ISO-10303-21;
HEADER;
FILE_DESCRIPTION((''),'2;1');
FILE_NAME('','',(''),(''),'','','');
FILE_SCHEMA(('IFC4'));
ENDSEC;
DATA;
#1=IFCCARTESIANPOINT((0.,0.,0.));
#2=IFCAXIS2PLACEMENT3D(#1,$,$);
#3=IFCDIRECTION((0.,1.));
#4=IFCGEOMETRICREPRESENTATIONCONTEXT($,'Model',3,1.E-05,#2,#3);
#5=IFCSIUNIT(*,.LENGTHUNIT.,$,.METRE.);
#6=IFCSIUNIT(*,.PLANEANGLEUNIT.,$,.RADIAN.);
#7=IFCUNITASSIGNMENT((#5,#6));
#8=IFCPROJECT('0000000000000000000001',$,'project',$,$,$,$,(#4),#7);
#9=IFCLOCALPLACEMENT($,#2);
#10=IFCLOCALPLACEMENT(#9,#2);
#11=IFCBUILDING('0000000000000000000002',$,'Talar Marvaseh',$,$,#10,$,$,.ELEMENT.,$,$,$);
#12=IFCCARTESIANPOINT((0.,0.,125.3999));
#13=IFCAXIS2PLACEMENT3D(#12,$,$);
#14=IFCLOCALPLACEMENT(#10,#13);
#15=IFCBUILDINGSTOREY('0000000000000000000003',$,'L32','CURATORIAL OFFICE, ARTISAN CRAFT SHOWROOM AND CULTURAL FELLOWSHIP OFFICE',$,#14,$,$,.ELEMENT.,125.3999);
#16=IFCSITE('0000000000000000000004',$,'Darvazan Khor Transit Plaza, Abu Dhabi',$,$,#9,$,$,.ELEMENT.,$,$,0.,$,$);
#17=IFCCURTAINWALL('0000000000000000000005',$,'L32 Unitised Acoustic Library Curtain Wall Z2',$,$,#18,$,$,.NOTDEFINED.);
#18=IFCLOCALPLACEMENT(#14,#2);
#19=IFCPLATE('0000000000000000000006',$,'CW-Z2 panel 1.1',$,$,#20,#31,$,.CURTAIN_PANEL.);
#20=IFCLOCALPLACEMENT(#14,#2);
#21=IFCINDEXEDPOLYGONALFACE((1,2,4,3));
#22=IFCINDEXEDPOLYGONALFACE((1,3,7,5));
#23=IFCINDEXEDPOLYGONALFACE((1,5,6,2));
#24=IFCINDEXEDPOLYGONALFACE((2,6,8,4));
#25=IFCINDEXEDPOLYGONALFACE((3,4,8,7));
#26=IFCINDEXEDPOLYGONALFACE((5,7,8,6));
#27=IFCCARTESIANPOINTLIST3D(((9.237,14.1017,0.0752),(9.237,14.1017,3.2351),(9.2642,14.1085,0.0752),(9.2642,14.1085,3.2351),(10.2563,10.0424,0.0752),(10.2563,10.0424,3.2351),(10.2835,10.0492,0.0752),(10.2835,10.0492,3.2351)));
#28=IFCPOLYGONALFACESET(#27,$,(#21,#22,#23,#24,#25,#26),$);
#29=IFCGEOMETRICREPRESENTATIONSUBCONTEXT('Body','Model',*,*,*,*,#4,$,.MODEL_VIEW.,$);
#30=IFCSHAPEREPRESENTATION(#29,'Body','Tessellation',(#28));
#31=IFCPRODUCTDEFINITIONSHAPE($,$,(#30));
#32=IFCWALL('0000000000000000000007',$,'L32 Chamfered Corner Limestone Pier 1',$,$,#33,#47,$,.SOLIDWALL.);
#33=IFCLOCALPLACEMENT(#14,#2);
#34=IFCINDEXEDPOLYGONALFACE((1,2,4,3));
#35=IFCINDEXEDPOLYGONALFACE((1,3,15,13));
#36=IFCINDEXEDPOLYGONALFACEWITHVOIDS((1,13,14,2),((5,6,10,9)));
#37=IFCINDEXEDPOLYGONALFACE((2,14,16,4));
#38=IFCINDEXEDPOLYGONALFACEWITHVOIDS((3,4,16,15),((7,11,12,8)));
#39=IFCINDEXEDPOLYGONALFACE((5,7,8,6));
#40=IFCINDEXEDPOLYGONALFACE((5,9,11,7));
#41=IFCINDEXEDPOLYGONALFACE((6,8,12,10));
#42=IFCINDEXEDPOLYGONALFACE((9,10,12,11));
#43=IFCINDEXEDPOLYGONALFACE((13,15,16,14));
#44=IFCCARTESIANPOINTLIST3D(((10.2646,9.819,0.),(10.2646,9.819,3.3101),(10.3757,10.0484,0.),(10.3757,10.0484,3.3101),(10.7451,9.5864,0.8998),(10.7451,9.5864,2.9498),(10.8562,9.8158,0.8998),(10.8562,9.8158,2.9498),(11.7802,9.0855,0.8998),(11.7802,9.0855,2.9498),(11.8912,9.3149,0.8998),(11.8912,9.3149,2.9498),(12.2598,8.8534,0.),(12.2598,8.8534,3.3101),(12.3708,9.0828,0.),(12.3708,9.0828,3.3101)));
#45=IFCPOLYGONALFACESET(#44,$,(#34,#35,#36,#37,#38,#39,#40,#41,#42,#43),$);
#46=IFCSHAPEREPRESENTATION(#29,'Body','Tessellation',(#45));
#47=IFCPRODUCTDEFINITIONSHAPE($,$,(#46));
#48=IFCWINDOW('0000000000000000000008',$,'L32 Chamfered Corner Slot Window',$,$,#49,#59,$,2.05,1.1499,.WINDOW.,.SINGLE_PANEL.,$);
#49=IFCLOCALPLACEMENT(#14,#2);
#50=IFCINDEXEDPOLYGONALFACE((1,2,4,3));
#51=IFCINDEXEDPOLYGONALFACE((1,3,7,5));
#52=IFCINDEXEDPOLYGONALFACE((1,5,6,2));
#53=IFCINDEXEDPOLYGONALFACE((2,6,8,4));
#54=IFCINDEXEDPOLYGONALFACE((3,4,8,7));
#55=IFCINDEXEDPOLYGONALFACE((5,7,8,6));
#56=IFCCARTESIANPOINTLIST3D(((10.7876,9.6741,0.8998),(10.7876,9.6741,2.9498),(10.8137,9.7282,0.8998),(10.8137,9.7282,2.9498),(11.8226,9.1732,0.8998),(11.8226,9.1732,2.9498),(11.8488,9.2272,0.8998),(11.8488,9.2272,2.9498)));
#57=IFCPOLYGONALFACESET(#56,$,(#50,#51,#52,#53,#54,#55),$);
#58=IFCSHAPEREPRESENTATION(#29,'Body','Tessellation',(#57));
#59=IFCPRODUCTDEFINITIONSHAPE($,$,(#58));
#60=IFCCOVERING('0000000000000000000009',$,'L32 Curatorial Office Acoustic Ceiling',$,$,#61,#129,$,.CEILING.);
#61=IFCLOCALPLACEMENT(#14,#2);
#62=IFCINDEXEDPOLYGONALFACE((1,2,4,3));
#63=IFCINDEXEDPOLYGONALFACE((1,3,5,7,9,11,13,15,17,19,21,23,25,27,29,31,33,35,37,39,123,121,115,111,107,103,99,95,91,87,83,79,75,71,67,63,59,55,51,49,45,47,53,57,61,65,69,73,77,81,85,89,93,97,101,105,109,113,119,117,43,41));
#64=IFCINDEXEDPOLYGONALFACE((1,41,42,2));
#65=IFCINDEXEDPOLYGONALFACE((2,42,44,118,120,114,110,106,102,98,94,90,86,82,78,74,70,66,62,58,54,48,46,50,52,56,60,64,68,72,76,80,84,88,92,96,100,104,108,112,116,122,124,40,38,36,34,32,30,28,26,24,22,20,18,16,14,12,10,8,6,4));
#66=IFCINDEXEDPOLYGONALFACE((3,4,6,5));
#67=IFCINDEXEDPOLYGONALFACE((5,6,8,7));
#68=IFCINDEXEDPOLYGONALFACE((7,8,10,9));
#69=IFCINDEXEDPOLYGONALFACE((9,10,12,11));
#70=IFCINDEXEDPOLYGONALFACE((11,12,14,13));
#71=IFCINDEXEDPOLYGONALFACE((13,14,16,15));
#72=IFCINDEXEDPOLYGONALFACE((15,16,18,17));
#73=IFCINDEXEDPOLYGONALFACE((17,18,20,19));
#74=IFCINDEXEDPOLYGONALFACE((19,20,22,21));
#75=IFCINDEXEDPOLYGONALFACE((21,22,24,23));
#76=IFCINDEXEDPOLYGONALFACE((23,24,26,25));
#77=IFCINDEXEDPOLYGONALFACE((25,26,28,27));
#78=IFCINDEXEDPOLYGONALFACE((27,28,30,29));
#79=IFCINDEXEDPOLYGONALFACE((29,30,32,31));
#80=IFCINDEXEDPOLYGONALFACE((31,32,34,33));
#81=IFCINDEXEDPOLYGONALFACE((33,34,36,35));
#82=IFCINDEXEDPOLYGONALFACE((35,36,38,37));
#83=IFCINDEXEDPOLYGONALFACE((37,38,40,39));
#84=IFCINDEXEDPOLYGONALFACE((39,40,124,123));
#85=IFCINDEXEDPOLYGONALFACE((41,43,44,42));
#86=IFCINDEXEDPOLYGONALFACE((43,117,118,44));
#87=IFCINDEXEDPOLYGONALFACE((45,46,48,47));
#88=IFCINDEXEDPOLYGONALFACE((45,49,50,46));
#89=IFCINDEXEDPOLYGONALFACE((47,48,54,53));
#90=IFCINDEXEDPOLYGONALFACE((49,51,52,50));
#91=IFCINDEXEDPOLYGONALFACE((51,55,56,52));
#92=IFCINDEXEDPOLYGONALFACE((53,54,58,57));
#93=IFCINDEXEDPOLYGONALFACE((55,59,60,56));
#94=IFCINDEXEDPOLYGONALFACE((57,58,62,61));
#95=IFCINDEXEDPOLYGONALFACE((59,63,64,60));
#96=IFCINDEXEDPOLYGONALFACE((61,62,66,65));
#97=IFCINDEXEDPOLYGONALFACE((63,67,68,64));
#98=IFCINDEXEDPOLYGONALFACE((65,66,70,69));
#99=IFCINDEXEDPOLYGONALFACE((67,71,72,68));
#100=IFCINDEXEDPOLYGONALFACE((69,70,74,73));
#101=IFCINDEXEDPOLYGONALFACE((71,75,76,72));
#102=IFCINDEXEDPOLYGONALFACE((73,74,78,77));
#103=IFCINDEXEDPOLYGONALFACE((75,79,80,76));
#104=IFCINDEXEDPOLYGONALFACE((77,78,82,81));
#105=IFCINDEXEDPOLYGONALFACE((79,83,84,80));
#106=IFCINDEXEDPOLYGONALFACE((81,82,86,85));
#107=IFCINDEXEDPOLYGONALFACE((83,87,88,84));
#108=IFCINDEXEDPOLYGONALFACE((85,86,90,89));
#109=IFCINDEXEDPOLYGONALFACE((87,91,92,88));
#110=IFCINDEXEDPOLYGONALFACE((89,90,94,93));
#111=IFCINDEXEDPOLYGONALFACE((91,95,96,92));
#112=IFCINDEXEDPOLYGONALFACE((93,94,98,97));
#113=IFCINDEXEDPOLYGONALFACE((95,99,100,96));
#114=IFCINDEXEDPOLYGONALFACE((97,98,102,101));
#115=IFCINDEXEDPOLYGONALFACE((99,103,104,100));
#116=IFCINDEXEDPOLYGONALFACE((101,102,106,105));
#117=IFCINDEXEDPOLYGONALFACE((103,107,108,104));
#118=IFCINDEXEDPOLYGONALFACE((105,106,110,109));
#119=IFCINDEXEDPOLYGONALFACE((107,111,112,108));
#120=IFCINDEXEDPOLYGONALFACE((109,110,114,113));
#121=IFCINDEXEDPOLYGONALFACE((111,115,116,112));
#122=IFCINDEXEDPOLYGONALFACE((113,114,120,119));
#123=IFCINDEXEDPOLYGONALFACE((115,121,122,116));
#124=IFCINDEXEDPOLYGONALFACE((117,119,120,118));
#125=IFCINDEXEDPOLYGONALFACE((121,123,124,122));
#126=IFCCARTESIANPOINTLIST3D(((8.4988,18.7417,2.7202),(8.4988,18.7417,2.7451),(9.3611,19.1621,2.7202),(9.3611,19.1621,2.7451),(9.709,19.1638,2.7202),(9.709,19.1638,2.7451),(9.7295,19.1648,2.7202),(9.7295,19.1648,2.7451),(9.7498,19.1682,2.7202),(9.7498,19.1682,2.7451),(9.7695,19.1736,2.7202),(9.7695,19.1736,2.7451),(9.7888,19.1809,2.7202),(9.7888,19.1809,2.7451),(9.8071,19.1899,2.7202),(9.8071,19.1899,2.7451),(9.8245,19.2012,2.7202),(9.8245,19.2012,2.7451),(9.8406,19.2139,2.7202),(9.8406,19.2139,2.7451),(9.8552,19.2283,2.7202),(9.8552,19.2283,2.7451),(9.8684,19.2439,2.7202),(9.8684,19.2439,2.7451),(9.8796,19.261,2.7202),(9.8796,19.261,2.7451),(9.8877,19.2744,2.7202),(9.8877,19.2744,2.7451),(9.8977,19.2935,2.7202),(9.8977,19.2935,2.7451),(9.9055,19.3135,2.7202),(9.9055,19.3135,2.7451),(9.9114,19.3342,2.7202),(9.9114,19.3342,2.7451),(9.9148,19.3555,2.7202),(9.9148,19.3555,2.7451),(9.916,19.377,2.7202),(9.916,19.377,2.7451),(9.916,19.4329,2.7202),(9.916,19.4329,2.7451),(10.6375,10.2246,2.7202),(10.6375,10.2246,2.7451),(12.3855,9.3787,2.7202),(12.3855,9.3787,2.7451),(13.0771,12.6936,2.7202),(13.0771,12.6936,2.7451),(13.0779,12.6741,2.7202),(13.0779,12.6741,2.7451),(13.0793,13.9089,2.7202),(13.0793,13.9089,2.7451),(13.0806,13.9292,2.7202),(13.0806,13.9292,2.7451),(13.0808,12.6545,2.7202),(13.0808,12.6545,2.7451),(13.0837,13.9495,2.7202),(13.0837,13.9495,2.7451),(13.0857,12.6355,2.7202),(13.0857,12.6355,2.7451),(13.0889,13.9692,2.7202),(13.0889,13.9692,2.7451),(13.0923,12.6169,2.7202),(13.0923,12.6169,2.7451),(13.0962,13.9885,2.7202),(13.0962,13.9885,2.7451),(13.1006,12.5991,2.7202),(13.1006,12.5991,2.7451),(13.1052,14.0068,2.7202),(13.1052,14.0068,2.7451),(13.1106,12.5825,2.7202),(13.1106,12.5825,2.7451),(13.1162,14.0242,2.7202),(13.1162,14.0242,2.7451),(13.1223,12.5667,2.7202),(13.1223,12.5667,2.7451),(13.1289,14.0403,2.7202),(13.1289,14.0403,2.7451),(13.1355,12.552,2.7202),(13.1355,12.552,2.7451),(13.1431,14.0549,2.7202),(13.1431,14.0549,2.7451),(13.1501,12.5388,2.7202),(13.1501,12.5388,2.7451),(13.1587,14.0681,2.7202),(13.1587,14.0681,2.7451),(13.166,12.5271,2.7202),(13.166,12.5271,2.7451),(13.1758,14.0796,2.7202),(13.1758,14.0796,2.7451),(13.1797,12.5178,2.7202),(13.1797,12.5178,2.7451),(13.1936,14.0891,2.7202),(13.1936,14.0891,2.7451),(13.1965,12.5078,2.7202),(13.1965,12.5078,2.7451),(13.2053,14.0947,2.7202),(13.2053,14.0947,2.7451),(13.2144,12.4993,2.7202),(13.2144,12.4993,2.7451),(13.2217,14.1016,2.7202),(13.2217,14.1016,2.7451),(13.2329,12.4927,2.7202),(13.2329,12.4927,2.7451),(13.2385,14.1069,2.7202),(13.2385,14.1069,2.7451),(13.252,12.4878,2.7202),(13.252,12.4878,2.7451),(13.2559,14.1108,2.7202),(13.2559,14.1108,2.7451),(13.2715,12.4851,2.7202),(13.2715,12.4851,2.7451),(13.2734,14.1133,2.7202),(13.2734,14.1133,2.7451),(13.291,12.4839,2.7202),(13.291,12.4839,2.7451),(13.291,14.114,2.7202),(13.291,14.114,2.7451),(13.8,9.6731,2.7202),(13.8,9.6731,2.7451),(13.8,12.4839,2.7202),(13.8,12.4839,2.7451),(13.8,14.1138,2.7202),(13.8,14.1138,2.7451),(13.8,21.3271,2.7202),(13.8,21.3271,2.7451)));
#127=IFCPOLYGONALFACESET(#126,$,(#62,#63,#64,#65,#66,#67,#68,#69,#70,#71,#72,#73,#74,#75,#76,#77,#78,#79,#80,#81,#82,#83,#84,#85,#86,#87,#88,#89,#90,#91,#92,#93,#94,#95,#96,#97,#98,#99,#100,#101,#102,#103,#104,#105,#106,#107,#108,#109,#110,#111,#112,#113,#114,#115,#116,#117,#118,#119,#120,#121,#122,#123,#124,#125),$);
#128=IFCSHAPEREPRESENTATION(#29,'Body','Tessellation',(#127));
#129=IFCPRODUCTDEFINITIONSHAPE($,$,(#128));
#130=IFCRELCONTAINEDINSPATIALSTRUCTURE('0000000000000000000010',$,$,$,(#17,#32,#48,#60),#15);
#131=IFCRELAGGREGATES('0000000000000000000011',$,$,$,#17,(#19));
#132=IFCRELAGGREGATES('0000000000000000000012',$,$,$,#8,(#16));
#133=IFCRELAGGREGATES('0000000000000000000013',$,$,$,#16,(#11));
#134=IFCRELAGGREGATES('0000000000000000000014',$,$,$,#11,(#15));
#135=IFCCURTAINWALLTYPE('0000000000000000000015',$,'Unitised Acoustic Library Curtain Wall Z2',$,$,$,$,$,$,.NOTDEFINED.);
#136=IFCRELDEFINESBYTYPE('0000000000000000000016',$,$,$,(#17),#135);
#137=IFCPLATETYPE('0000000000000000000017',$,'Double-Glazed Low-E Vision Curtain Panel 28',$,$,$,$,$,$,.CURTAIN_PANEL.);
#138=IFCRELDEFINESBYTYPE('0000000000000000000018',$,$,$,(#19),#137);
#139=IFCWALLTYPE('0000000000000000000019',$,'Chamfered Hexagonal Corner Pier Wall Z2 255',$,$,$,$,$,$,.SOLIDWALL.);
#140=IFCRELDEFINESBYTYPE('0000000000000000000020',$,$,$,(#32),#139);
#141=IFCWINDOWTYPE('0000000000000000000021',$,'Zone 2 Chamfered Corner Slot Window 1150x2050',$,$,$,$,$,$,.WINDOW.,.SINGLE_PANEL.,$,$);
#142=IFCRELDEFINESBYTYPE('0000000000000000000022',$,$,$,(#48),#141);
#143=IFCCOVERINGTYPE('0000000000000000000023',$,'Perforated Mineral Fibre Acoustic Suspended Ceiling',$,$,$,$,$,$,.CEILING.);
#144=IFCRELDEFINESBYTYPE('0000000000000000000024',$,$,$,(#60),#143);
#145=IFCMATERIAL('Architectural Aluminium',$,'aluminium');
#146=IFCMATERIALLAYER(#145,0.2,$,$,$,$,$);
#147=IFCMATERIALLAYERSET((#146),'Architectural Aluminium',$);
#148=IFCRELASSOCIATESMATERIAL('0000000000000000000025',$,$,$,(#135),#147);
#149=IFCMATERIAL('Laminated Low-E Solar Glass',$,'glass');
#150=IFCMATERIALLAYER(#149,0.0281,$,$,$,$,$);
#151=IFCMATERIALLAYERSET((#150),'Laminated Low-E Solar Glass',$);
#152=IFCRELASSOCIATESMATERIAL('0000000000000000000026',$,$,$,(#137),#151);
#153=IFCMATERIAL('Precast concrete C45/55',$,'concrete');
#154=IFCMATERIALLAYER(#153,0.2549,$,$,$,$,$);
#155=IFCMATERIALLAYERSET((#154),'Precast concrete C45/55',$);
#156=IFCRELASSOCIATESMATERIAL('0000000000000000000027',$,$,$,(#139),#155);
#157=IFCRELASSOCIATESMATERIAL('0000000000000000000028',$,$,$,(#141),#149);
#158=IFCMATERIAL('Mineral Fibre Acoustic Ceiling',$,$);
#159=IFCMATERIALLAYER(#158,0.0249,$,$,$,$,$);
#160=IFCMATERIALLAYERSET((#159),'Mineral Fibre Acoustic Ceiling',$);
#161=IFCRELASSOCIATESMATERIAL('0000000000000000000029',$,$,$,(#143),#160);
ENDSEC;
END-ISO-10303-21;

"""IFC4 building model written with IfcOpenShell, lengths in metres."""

from ifc_helpers import new_model, si_unit, direction, frame, frame_2d, origin, origin_2d, place, context, subcontext, project, spatial, polyline, rectangle, outline, extrude, source, transform, mapped, material, layer, layer_set, type_object, type_shapes, element, fill, aggregate, save


model = new_model("IFC4")

# Units and contexts
model_context = context("Model", 3, precision=1e-05, world=origin(), true_north=direction((0.0, 1.0)))
body_context = subcontext(model_context, "Body", "Model", "MODEL_VIEW")
ifc_project = project(units=[si_unit("LENGTHUNIT", "METRE"), si_unit("PLANEANGLEUNIT", "RADIAN")], contexts=[model_context])

# Site, building, storey
site_placement = place(None, origin())
site = spatial("IfcSite", under=ifc_project, at=site_placement, Name="Darvazan Khor Transit Plaza, Abu Dhabi", CompositionType="ELEMENT", RefElevation=0.0)
building_placement = place(site_placement, origin())
building = spatial("IfcBuilding", under=site, at=building_placement, Name="Talar Marvaseh", CompositionType="ELEMENT")
storey_placement = place(building_placement, frame((0.0, 0.0, 125.3999)))
storey = spatial("IfcBuildingStorey", under=building, at=storey_placement, Name="L32", Description="CURATORIAL OFFICE, ARTISAN CRAFT SHOWROOM AND CULTURAL FELLOWSHIP OFFICE", CompositionType="ELEMENT", Elevation=125.3999)

# Curtain wall
ifc_material_1 = material(Name="Architectural Aluminium", Category="aluminium")
ifc_layer_1 = layer(ifc_material_1, 0.2)
ifc_layer_set_1 = layer_set([ifc_layer_1], Name="Architectural Aluminium")
curtain_wall_type = type_object("IfcCurtainWallType", Name="Unitised Acoustic Library Curtain Wall Z2", PredefinedType="NOTDEFINED", material=ifc_layer_set_1)
curtain_wall_1_placement = place(storey_placement, origin())
curtain_wall_1 = element("IfcCurtainWall", 1, at=curtain_wall_1_placement, inside=storey, type_object=curtain_wall_type, Name="L32 Unitised Acoustic Library Curtain Wall Z2", PredefinedType="NOTDEFINED")

# Plate
ifc_material_2 = material(Name="Laminated Low-E Solar Glass", Category="glass")
ifc_layer_2 = layer(ifc_material_2, 0.0281)
ifc_layer_set_2 = layer_set([ifc_layer_2], Name="Laminated Low-E Solar Glass")
plate_type = type_object("IfcPlateType", Name="Double-Glazed Low-E Vision Curtain Panel 28", PredefinedType="CURTAIN_PANEL", material=ifc_layer_set_2)
shared_shape_1 = source(origin(), body_context, "Body", "SweptSolid", [
    extrude(rectangle(XDim=4.1853, YDim=0.0281, at=origin_2d()), origin(), (0.0, 0.0, 1.0), 3.1599),
])
type_shapes(plate_type, [shared_shape_1])
plate_placement = place(storey_placement, frame((9.7603, 12.0754, 0.0752), z_axis=(0.0, 0.0, 1.0), x_axis=(-0.24355, 0.969888, 0.0)))
plate = element("IfcPlate", 2, at=plate_placement, type_object=plate_type, Name="CW-Z2 panel 1.1", PredefinedType="CURTAIN_PANEL", context=body_context, shape_type="MappedRepresentation", body=[
    mapped(shared_shape_1, transform((0.0, 0.0, 0.0), x_axis=(1.0, 0.0, 0.0), y_axis=(0.0, 1.0, 0.0), z_axis=(0.0, 0.0, 1.0), scale=1.0)),
])
aggregate(curtain_wall_1, [plate])

# Wall, opening, window
ifc_material_3 = material(Name="Precast concrete C45/55", Category="concrete")
ifc_layer_3 = layer(ifc_material_3, 0.2549)
ifc_layer_set_3 = layer_set([ifc_layer_3], Name="Precast concrete C45/55")
wall_type = type_object("IfcWallType", Name="Chamfered Hexagonal Corner Pier Wall Z2 255", PredefinedType="SOLIDWALL", material=ifc_layer_set_3)
wall_placement = place(storey_placement, frame((12.3154, 8.968, 0.0), z_axis=(0.0, 0.0, 1.0), x_axis=(-0.900124, 0.435633, 0.0)))
wall = element("IfcWall", 3, at=wall_placement, inside=storey, type_object=wall_type, Name="L32 Chamfered Corner Limestone Pier 1", PredefinedType="SOLIDWALL", context=body_context, shape_type="SweptSolid", body=[
    extrude(rectangle(XDim=2.2166, YDim=0.2549, at=frame_2d((1.1084, 0.0))), origin(), (0.0, 0.0, 1.0), 3.3101),
])
opening_placement = place(wall_placement, frame((0.533, 0.0, 0.8999)))
opening = element("IfcOpeningElement", 4, at=opening_placement, cuts=wall, PredefinedType="OPENING", context=body_context, shape_type="SweptSolid", body=[
    extrude(rectangle(XDim=1.1499, YDim=2.05, at=frame_2d((0.575, 1.0249))), frame((0.0, 0.1375, 0.0), z_axis=(0.0, -1.0, 0.0), x_axis=(1.0, 0.0, 0.0)), (0.0, 0.0, 1.0), 0.2749),
])
window_type = type_object("IfcWindowType", Name="Zone 2 Chamfered Corner Slot Window 1150x2050", PartitioningType="SINGLE_PANEL", PredefinedType="WINDOW", material=ifc_material_2)
shared_shape_2 = source(origin(), body_context, "Body", "SweptSolid", [
    extrude(rectangle(XDim=1.1499, YDim=2.05, at=frame_2d((0.575, 1.0249))), frame((0.0, 0.03, 0.0), z_axis=(0.0, -1.0, 0.0), x_axis=(1.0, 0.0, 0.0)), (0.0, 0.0, 1.0), 0.0601),
])
type_shapes(window_type, [shared_shape_2])
window_placement = place(opening_placement, origin())
window = element("IfcWindow", 5, at=window_placement, inside=storey, type_object=window_type, Name="L32 Chamfered Corner Slot Window", OverallHeight=2.05, OverallWidth=1.1499, PartitioningType="SINGLE_PANEL", PredefinedType="WINDOW", context=body_context, shape_type="MappedRepresentation", body=[
    mapped(shared_shape_2, transform((0.0, 0.0, 0.0), x_axis=(1.0, 0.0, 0.0), y_axis=(0.0, 1.0, 0.0), z_axis=(0.0, 0.0, 1.0), scale=1.0)),
])
fill(opening, window)

# Covering
ifc_material_4 = material(Name="Mineral Fibre Acoustic Ceiling")
ifc_layer_4 = layer(ifc_material_4, 0.0249)
ifc_layer_set_4 = layer_set([ifc_layer_4], Name="Mineral Fibre Acoustic Ceiling")
covering_type_1 = type_object("IfcCoveringType", Name="Perforated Mineral Fibre Acoustic Suspended Ceiling", PredefinedType="CEILING", material=ifc_layer_set_4)
covering_1_placement = place(storey_placement, frame((0.0, 0.0, 2.7202)))
element("IfcCovering", 6, at=covering_1_placement, inside=storey, type_object=covering_type_1, Name="L32 Curatorial Office Acoustic Ceiling", PredefinedType="CEILING", context=body_context, shape_type="SweptSolid", body=[
    extrude(outline(polyline([(9.3611, 19.1621), (9.709, 19.1638), (9.7295, 19.1648), (9.7498, 19.1682), (9.7695, 19.1736), (9.7888, 19.1809), (9.8071, 19.1899), (9.8245, 19.2012), (9.8406, 19.2139), (9.8552, 19.2283), (9.8684, 19.2439), (9.8796, 19.261), (9.8877, 19.2744), (9.8977, 19.2935), (9.9055, 19.3135), (9.9114, 19.3342), (9.9148, 19.3555), (9.916, 19.377), (9.916, 19.4329), (13.8, 21.3271), (13.8, 14.1138), (13.291, 14.114), (13.2734, 14.1133), (13.2559, 14.1108), (13.2385, 14.1069), (13.2217, 14.1016), (13.2053, 14.0947), (13.1936, 14.0891), (13.1758, 14.0796), (13.1587, 14.0681), (13.1431, 14.0549), (13.1289, 14.0403), (13.1162, 14.0242), (13.1052, 14.0068), (13.0962, 13.9885), (13.0889, 13.9692), (13.0837, 13.9495), (13.0806, 13.9292), (13.0793, 13.9089), (13.0771, 12.6936), (13.0779, 12.6741), (13.0808, 12.6545), (13.0857, 12.6355), (13.0923, 12.6169), (13.1006, 12.5991), (13.1106, 12.5825), (13.1223, 12.5667), (13.1355, 12.552), (13.1501, 12.5388), (13.166, 12.5271), (13.1797, 12.5178), (13.1965, 12.5078), (13.2144, 12.4993), (13.2329, 12.4927), (13.252, 12.4878), (13.2715, 12.4851), (13.291, 12.4839), (13.8, 12.4839), (13.8, 9.6731), (12.3855, 9.3787), (10.6375, 10.2246), (8.4988, 18.7417), (9.3611, 19.1621)])), origin(), (0.0, 0.0, 1.0), 0.0249),
])

save(model, "model.ifc")
